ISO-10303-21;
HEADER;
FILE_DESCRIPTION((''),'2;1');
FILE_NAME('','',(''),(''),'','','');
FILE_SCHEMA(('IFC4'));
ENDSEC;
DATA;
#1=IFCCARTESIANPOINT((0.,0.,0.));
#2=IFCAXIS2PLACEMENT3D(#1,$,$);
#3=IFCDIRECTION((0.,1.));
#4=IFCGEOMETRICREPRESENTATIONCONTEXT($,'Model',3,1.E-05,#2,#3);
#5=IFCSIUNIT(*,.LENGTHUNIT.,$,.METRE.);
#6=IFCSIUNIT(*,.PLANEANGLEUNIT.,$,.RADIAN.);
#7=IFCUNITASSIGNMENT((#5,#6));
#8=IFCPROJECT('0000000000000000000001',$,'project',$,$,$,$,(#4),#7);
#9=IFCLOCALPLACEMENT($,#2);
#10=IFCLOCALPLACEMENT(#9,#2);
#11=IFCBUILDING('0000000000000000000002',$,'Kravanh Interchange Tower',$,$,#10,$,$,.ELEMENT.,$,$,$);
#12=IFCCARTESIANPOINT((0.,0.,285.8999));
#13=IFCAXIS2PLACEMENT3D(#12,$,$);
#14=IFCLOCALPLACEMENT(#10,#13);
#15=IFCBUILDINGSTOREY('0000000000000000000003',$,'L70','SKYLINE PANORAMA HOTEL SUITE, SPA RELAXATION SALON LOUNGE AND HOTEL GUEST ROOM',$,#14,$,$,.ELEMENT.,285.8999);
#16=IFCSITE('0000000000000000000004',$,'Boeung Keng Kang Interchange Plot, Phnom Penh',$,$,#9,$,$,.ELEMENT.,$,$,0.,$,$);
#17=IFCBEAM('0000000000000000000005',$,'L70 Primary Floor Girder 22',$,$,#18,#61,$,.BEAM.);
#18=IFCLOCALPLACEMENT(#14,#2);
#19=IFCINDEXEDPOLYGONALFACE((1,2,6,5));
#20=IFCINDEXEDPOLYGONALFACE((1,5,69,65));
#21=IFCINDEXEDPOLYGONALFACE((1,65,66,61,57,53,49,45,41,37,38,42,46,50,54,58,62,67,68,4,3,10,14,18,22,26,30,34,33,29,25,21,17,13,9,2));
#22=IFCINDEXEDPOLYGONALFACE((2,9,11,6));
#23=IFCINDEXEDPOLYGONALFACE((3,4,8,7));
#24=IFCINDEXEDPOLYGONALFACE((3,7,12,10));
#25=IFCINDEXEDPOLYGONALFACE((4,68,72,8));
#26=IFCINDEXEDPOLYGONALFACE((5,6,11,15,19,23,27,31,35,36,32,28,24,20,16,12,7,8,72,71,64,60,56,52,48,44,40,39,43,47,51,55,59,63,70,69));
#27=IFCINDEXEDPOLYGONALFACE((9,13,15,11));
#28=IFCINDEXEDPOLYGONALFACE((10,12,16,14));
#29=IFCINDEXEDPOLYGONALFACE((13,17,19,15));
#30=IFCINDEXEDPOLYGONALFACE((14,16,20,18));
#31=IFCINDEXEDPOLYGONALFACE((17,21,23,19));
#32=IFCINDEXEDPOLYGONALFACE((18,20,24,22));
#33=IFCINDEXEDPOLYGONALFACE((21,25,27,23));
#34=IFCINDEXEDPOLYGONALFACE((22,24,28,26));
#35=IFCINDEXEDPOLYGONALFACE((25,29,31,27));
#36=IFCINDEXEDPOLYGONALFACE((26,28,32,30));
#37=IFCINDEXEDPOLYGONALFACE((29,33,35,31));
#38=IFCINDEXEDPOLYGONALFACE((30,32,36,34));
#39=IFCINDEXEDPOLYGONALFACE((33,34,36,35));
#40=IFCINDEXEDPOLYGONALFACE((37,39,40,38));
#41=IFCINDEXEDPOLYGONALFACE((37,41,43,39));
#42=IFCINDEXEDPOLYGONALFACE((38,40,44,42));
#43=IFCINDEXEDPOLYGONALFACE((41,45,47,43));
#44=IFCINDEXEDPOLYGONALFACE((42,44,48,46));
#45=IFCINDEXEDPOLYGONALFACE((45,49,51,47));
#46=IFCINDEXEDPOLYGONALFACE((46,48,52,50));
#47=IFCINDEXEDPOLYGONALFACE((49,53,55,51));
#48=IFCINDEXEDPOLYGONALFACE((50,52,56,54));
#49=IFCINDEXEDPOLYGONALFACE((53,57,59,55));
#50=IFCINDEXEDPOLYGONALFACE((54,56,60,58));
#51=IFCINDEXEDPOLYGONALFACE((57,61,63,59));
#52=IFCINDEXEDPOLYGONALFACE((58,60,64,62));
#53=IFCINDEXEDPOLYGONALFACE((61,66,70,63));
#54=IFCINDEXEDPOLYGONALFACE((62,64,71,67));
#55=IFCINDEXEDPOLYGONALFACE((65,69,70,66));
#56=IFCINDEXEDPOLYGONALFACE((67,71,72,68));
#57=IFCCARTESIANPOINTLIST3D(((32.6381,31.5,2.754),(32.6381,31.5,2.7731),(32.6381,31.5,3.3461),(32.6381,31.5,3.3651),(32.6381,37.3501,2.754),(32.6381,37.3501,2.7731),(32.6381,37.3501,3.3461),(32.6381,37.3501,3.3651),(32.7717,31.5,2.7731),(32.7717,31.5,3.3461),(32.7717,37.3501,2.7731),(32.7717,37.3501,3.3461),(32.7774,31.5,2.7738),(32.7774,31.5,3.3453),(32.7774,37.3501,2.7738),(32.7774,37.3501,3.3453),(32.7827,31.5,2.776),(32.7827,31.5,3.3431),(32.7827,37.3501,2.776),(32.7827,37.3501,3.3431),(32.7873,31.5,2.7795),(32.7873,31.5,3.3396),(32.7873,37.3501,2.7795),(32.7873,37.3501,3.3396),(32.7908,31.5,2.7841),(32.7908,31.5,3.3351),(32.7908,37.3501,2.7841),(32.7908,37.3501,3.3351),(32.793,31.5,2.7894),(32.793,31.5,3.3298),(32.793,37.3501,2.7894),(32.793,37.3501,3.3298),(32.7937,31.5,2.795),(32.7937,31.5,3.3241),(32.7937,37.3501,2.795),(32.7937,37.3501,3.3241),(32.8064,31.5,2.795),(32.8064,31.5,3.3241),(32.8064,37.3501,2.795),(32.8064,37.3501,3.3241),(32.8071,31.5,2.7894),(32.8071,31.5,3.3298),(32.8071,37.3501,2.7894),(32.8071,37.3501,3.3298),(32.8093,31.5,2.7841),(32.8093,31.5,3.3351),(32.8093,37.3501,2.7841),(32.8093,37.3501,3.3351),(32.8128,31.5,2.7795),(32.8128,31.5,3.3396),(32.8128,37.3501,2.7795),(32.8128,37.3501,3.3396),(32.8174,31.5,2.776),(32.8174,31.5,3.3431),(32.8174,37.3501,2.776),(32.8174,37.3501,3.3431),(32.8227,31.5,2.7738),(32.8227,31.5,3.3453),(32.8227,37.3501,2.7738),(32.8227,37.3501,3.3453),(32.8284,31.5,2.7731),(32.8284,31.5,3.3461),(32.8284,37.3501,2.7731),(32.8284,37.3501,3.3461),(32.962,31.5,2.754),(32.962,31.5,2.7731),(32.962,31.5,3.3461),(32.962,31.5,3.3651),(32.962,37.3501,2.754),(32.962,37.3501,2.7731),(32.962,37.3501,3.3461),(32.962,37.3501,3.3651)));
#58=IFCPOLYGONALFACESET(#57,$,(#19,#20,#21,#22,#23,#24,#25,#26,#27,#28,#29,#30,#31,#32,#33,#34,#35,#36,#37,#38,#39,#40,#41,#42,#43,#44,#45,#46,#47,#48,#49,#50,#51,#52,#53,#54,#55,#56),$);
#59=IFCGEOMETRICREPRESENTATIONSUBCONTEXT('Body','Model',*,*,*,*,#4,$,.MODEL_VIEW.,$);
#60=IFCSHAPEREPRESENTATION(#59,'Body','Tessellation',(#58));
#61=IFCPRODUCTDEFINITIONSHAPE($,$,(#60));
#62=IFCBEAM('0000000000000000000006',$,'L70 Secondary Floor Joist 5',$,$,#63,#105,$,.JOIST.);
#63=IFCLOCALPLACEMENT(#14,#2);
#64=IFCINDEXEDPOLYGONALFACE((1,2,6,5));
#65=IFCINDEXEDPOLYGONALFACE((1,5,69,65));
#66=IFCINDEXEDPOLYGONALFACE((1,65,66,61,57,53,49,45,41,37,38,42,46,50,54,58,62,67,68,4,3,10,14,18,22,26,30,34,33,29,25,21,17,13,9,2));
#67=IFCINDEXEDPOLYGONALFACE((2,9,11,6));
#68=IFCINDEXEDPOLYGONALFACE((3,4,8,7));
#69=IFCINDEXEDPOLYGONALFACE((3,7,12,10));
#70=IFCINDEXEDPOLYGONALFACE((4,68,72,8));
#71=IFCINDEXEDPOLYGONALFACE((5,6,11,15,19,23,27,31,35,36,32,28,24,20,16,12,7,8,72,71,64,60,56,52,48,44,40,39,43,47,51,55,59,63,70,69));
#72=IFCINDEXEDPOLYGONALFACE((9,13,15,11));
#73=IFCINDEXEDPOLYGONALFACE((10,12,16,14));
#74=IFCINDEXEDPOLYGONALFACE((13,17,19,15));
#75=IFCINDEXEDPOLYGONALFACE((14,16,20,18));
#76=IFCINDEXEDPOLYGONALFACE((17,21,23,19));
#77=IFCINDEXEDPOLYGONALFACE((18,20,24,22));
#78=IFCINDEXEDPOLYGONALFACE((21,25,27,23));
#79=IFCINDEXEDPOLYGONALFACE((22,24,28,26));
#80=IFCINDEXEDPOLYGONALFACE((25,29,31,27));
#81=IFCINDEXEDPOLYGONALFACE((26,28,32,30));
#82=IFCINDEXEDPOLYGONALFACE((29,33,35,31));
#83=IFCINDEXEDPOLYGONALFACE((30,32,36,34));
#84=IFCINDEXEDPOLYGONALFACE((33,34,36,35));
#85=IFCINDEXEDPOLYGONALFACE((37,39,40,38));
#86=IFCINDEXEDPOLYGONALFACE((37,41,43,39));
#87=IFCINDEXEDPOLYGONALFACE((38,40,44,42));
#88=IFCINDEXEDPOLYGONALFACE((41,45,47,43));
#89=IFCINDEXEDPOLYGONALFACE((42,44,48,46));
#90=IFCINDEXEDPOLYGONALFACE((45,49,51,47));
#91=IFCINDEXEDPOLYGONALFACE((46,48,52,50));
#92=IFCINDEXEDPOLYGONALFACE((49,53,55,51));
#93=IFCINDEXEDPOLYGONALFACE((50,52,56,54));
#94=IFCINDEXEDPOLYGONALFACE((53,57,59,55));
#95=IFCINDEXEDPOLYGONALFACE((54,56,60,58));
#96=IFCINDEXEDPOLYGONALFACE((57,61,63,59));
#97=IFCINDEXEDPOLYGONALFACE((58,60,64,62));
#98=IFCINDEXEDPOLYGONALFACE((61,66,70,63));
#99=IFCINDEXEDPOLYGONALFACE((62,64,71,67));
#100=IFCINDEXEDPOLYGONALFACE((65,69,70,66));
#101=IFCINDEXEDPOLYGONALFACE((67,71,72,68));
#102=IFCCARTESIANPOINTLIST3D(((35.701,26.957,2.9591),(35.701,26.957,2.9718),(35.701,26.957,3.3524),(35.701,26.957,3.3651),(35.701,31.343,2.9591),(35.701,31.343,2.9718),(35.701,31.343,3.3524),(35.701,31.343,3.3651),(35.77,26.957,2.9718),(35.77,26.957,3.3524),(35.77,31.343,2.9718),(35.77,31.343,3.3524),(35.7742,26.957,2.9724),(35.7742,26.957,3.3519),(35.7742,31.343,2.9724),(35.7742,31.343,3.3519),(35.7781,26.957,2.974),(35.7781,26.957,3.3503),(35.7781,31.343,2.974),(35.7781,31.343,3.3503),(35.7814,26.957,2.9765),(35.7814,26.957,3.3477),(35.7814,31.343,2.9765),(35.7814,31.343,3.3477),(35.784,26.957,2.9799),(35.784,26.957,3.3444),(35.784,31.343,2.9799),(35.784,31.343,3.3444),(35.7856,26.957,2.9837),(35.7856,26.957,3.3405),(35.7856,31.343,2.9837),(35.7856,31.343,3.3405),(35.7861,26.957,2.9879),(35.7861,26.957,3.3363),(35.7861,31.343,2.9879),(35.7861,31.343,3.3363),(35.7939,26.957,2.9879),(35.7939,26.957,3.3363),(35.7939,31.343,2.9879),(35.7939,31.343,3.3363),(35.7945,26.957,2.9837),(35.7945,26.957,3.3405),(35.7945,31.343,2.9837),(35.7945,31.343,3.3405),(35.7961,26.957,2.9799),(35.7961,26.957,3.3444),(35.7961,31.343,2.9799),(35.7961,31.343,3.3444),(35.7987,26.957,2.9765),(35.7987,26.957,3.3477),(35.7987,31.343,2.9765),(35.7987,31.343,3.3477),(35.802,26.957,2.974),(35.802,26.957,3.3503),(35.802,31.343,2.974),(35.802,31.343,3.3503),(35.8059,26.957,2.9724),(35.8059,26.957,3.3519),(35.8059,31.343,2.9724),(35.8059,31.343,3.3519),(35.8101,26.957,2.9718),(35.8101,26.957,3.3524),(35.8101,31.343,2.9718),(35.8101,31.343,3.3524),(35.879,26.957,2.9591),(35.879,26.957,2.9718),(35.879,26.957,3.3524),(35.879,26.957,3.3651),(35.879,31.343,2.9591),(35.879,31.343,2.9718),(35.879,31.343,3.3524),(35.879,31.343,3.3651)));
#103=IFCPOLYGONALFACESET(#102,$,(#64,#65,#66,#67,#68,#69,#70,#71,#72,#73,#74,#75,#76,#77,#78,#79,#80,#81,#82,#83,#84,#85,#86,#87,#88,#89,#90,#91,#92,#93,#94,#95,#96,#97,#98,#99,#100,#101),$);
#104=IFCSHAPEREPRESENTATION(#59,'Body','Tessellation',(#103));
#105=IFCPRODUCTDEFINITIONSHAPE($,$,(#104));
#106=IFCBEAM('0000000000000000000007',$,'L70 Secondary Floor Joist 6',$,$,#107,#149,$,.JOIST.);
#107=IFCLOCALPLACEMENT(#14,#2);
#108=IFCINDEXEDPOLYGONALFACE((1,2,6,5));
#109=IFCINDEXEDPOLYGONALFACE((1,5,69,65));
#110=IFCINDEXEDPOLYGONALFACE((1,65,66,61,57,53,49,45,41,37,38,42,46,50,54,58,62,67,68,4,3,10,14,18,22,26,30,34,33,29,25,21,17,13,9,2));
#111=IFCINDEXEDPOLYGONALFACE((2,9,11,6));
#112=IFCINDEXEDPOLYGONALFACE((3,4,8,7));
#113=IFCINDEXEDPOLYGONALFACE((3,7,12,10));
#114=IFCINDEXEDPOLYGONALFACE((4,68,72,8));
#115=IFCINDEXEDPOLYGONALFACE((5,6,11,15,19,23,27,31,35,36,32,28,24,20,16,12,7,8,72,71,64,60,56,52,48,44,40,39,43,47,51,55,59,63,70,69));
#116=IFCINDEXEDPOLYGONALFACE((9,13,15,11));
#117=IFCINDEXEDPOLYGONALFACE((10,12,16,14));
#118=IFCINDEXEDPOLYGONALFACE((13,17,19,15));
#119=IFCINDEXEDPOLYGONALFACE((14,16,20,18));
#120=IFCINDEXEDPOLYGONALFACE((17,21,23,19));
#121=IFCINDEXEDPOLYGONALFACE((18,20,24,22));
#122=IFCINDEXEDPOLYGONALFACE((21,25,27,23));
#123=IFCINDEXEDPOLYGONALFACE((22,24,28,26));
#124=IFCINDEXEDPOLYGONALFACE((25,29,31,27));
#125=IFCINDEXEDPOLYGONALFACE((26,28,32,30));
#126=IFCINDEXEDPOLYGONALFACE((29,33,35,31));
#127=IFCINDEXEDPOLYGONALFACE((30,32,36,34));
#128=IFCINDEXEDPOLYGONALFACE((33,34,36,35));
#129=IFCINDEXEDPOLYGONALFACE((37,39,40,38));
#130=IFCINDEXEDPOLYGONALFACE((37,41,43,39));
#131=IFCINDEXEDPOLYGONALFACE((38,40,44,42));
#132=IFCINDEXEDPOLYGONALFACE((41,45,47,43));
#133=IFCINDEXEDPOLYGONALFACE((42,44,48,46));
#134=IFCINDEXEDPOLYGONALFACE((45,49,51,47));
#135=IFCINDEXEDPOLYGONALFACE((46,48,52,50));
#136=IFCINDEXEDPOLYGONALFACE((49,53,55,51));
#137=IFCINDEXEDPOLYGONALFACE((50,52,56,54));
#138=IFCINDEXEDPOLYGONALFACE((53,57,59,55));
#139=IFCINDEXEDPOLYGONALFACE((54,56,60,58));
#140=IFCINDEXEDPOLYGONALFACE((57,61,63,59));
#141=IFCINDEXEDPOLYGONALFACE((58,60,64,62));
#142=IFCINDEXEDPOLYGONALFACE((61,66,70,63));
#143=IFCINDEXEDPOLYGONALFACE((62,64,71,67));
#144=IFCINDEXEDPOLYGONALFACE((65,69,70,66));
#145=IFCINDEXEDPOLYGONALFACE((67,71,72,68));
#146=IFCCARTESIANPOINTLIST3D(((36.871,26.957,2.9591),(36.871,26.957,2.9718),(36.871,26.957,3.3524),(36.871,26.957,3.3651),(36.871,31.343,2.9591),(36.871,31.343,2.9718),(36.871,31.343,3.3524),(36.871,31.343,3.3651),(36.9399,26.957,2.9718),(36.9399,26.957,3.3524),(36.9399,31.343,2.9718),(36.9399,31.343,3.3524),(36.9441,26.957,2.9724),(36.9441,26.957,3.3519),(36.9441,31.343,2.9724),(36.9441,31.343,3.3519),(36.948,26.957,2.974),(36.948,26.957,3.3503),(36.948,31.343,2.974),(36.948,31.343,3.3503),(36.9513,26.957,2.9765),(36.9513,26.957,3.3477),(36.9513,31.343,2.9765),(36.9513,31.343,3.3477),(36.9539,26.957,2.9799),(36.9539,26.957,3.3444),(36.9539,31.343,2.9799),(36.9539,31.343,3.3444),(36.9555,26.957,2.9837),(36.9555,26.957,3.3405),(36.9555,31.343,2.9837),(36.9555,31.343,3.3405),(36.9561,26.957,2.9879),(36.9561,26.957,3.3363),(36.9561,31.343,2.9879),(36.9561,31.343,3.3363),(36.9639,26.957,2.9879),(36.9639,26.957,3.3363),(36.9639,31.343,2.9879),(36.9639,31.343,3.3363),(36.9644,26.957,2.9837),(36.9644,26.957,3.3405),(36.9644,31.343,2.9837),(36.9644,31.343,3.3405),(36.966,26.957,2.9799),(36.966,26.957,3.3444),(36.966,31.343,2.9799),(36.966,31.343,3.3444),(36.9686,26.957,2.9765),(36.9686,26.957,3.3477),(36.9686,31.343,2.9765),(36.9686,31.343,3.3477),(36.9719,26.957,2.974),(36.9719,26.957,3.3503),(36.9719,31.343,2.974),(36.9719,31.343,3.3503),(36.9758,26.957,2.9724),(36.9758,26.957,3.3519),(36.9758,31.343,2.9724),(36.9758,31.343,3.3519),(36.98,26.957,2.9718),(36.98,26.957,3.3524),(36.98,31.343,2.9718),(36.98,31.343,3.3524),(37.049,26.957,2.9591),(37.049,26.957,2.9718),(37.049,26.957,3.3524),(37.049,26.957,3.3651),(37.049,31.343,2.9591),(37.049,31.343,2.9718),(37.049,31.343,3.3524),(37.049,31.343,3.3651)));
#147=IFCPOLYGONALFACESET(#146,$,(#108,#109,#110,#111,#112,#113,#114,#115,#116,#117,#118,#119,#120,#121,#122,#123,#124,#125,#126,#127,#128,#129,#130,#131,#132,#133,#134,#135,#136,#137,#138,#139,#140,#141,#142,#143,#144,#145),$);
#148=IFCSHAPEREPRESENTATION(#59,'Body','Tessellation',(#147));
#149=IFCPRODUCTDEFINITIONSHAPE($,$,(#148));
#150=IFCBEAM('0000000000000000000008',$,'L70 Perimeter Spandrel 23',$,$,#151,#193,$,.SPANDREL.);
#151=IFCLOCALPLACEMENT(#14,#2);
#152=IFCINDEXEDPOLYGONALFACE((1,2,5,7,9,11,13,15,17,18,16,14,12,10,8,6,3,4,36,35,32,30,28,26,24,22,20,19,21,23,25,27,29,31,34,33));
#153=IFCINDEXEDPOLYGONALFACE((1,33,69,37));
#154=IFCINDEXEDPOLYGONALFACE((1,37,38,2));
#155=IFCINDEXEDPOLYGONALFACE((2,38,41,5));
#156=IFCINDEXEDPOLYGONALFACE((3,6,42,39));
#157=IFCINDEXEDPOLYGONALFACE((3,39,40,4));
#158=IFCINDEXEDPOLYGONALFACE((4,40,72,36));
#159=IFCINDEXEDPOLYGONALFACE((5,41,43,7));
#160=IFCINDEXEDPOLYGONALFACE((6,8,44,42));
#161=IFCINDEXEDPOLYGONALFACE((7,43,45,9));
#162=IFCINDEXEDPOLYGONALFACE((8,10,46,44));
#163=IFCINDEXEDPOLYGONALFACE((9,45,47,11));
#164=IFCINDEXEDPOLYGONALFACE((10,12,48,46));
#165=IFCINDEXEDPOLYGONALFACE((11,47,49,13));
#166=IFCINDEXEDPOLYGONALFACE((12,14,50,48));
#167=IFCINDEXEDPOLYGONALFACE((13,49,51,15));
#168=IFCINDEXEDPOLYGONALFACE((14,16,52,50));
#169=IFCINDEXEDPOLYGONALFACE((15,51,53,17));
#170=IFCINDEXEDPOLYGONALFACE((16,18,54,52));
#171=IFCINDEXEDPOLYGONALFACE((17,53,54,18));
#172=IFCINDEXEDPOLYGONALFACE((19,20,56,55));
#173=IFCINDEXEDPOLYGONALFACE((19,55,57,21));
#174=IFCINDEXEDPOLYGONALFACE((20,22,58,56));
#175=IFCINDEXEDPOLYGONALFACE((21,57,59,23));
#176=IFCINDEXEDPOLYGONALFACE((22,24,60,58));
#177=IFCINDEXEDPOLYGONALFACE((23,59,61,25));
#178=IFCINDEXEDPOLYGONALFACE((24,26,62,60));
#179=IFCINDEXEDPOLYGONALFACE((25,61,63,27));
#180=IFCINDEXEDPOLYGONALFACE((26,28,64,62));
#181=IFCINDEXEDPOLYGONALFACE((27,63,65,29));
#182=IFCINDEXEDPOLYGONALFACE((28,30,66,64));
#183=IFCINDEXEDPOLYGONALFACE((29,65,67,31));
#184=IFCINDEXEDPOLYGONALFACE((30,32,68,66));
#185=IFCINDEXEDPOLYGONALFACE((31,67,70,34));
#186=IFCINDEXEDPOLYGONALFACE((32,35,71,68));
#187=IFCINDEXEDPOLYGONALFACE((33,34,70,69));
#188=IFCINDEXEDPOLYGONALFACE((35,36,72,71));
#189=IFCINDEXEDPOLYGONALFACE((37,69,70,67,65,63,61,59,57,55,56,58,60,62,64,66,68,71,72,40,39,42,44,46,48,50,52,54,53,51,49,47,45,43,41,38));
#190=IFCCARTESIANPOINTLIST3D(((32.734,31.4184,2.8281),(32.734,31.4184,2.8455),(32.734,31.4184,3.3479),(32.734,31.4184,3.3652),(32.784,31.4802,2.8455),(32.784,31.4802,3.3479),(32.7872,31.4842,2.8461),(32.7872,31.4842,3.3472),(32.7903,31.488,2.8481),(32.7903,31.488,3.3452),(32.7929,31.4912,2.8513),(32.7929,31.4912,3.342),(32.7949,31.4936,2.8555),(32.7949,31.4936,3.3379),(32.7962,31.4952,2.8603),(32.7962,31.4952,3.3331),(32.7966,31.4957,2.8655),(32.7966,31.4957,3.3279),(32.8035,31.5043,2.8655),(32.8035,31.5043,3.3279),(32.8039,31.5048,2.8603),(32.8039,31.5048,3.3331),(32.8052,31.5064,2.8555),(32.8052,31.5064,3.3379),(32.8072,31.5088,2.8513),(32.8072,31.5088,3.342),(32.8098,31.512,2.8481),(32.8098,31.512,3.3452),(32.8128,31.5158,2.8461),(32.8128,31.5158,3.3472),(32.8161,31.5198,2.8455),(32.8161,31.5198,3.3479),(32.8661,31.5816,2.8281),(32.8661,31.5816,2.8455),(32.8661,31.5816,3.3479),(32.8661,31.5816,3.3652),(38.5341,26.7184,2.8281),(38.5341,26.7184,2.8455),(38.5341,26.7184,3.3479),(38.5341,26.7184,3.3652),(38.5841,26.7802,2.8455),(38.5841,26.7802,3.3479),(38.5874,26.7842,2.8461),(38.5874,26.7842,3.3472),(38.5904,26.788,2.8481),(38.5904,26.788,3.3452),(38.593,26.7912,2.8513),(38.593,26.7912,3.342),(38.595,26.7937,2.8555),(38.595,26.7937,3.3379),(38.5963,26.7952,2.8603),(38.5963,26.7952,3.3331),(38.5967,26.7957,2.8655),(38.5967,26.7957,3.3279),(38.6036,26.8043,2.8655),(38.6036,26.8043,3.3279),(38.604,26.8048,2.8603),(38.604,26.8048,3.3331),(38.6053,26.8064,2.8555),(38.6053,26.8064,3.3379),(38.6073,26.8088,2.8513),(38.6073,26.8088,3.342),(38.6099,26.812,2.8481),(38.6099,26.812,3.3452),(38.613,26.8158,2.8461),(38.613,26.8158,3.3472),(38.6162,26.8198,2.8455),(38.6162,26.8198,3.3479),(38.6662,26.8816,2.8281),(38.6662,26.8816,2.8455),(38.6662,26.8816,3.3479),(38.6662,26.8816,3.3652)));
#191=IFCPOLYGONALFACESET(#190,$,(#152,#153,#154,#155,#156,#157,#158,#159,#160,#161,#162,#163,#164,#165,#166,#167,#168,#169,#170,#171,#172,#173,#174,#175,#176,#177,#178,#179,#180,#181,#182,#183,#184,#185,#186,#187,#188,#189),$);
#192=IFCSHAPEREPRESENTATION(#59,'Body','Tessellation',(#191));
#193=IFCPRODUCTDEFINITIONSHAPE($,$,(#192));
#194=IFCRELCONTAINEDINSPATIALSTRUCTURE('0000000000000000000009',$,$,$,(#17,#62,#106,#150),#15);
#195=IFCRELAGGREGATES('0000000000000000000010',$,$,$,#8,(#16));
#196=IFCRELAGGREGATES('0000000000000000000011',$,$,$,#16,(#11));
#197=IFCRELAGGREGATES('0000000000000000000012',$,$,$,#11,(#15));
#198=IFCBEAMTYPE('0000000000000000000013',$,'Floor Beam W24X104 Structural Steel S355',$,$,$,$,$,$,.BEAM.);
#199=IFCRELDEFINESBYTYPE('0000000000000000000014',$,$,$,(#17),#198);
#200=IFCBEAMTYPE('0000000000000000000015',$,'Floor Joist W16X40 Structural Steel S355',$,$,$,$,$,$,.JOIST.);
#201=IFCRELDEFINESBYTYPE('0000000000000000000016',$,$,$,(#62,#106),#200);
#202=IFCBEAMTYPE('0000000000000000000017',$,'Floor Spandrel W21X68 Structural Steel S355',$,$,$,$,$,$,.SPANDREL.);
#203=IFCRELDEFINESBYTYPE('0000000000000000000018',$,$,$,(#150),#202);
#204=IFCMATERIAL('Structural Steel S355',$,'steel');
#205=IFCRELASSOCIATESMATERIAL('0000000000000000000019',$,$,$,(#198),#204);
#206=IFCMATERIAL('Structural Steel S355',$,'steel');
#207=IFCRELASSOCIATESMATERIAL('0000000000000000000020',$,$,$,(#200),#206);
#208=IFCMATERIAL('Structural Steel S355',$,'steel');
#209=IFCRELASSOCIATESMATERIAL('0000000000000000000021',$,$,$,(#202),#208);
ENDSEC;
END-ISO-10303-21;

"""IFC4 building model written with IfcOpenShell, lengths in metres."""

from ifc_helpers import new_model, si_unit, direction, frame, origin, origin_2d, place, context, subcontext, project, spatial, i_section, extrude, material, material_profile, profile_set, type_object, element, save


model = new_model("IFC4")

# Units and contexts
model_context = context("Model", 3, precision=1e-05, world=origin(), true_north=direction((0.0, 1.0)))
body_context = subcontext(model_context, "Body", "Model", "MODEL_VIEW")
ifc_project = project(units=[si_unit("LENGTHUNIT", "METRE"), si_unit("PLANEANGLEUNIT", "RADIAN")], contexts=[model_context])

# Site, building, storey
site_placement = place(None, origin())
site = spatial("IfcSite", under=ifc_project, at=site_placement, Name="Boeung Keng Kang Interchange Plot, Phnom Penh", CompositionType="ELEMENT", RefElevation=0.0)
building_placement = place(site_placement, origin())
building = spatial("IfcBuilding", under=site, at=building_placement, Name="Kravanh Interchange Tower", CompositionType="ELEMENT")
storey_placement = place(building_placement, frame((0.0, 0.0, 285.8999)))
storey = spatial("IfcBuildingStorey", under=building, at=storey_placement, Name="L70", Description="SKYLINE PANORAMA HOTEL SUITE, SPA RELAXATION SALON LOUNGE AND HOTEL GUEST ROOM", CompositionType="ELEMENT", Elevation=285.8999)

# Beams
ifc_material_1 = material(Name="Structural Steel S355", Category="steel")
ifc_material_profile_1 = material_profile(ifc_material_1, i_section(OverallWidth=0.324, OverallDepth=0.6111, WebThickness=0.0127, FlangeThickness=0.019, FilletRadius=0.022, at=origin_2d()), Name="W24X104")
ifc_profile_set_1 = profile_set([ifc_material_profile_1], Name="Structural Steel S355")
beam_type_1 = type_object("IfcBeamType", Name="Floor Beam W24X104 Structural Steel S355", PredefinedType="BEAM", material=ifc_profile_set_1)
beam_1_placement = place(storey_placement, frame((32.8, 31.5, 3.0596), z_axis=(0.0, 1.0, 0.0), x_axis=(-1.0, 0.0, 0.0)))
element("IfcBeam", 1, at=beam_1_placement, inside=storey, type_object=beam_type_1, Name="L70 Primary Floor Girder 22", PredefinedType="BEAM", context=body_context, shape_type="SweptSolid", body=[
    extrude(i_section(OverallWidth=0.324, OverallDepth=0.6111, WebThickness=0.0127, FlangeThickness=0.019, FilletRadius=0.022, at=origin_2d()), origin(), (0.0, 0.0, 1.0), 5.8501),
])
ifc_material_2 = material(Name="Structural Steel S355", Category="steel")
ifc_material_profile_2 = material_profile(ifc_material_2, i_section(OverallWidth=0.178, OverallDepth=0.406, WebThickness=0.0078, FlangeThickness=0.0127, FilletRadius=0.0161, at=origin_2d()), Name="W16X40")
ifc_profile_set_2 = profile_set([ifc_material_profile_2], Name="Structural Steel S355")
beam_type_2 = type_object("IfcBeamType", Name="Floor Joist W16X40 Structural Steel S355", PredefinedType="JOIST", material=ifc_profile_set_2)
for number, where, z_axis, x_axis, name in (
    (2, (35.79, 26.957, 3.1621), (0.0, 1.0, 0.0), (-1.0, 0.0, 0.0), "L70 Secondary Floor Joist 5"),
    (3, (36.96, 26.957, 3.1621), (0.0, 1.0, 0.0), (-1.0, 0.0, 0.0), "L70 Secondary Floor Joist 6"),
):
    element("IfcBeam", number, at=place(storey_placement, frame(where, z_axis=z_axis, x_axis=x_axis)), inside=storey, type_object=beam_type_2, Name=name, PredefinedType="JOIST", context=body_context, shape_type="SweptSolid", body=[
        extrude(i_section(OverallWidth=0.178, OverallDepth=0.406, WebThickness=0.0078, FlangeThickness=0.0127, FilletRadius=0.0161, at=origin_2d()), origin(), (0.0, 0.0, 1.0), 4.386),
    ])
ifc_material_3 = material(Name="Structural Steel S355", Category="steel")
ifc_material_profile_3 = material_profile(ifc_material_3, i_section(OverallWidth=0.21, OverallDepth=0.5371, WebThickness=0.011, FlangeThickness=0.0173, FilletRadius=0.02, at=origin_2d()), Name="W21X68")
ifc_profile_set_3 = profile_set([ifc_material_profile_3], Name="Structural Steel S355")
beam_type_3 = type_object("IfcBeamType", Name="Floor Spandrel W21X68 Structural Steel S355", PredefinedType="SPANDREL", material=ifc_profile_set_3)
beam_2_placement = place(storey_placement, frame((32.8, 31.5, 3.0967), z_axis=(0.776939, -0.629576, 0.0), x_axis=(0.629576, 0.776939, 0.0)))
element("IfcBeam", 4, at=beam_2_placement, inside=storey, type_object=beam_type_3, Name="L70 Perimeter Spandrel 23", PredefinedType="SPANDREL", context=body_context, shape_type="SweptSolid", body=[
    extrude(i_section(OverallWidth=0.21, OverallDepth=0.5371, WebThickness=0.011, FlangeThickness=0.0173, FilletRadius=0.02, at=origin_2d()), origin(), (0.0, 0.0, 1.0), 7.4653),
])

save(model, "model.ifc")
